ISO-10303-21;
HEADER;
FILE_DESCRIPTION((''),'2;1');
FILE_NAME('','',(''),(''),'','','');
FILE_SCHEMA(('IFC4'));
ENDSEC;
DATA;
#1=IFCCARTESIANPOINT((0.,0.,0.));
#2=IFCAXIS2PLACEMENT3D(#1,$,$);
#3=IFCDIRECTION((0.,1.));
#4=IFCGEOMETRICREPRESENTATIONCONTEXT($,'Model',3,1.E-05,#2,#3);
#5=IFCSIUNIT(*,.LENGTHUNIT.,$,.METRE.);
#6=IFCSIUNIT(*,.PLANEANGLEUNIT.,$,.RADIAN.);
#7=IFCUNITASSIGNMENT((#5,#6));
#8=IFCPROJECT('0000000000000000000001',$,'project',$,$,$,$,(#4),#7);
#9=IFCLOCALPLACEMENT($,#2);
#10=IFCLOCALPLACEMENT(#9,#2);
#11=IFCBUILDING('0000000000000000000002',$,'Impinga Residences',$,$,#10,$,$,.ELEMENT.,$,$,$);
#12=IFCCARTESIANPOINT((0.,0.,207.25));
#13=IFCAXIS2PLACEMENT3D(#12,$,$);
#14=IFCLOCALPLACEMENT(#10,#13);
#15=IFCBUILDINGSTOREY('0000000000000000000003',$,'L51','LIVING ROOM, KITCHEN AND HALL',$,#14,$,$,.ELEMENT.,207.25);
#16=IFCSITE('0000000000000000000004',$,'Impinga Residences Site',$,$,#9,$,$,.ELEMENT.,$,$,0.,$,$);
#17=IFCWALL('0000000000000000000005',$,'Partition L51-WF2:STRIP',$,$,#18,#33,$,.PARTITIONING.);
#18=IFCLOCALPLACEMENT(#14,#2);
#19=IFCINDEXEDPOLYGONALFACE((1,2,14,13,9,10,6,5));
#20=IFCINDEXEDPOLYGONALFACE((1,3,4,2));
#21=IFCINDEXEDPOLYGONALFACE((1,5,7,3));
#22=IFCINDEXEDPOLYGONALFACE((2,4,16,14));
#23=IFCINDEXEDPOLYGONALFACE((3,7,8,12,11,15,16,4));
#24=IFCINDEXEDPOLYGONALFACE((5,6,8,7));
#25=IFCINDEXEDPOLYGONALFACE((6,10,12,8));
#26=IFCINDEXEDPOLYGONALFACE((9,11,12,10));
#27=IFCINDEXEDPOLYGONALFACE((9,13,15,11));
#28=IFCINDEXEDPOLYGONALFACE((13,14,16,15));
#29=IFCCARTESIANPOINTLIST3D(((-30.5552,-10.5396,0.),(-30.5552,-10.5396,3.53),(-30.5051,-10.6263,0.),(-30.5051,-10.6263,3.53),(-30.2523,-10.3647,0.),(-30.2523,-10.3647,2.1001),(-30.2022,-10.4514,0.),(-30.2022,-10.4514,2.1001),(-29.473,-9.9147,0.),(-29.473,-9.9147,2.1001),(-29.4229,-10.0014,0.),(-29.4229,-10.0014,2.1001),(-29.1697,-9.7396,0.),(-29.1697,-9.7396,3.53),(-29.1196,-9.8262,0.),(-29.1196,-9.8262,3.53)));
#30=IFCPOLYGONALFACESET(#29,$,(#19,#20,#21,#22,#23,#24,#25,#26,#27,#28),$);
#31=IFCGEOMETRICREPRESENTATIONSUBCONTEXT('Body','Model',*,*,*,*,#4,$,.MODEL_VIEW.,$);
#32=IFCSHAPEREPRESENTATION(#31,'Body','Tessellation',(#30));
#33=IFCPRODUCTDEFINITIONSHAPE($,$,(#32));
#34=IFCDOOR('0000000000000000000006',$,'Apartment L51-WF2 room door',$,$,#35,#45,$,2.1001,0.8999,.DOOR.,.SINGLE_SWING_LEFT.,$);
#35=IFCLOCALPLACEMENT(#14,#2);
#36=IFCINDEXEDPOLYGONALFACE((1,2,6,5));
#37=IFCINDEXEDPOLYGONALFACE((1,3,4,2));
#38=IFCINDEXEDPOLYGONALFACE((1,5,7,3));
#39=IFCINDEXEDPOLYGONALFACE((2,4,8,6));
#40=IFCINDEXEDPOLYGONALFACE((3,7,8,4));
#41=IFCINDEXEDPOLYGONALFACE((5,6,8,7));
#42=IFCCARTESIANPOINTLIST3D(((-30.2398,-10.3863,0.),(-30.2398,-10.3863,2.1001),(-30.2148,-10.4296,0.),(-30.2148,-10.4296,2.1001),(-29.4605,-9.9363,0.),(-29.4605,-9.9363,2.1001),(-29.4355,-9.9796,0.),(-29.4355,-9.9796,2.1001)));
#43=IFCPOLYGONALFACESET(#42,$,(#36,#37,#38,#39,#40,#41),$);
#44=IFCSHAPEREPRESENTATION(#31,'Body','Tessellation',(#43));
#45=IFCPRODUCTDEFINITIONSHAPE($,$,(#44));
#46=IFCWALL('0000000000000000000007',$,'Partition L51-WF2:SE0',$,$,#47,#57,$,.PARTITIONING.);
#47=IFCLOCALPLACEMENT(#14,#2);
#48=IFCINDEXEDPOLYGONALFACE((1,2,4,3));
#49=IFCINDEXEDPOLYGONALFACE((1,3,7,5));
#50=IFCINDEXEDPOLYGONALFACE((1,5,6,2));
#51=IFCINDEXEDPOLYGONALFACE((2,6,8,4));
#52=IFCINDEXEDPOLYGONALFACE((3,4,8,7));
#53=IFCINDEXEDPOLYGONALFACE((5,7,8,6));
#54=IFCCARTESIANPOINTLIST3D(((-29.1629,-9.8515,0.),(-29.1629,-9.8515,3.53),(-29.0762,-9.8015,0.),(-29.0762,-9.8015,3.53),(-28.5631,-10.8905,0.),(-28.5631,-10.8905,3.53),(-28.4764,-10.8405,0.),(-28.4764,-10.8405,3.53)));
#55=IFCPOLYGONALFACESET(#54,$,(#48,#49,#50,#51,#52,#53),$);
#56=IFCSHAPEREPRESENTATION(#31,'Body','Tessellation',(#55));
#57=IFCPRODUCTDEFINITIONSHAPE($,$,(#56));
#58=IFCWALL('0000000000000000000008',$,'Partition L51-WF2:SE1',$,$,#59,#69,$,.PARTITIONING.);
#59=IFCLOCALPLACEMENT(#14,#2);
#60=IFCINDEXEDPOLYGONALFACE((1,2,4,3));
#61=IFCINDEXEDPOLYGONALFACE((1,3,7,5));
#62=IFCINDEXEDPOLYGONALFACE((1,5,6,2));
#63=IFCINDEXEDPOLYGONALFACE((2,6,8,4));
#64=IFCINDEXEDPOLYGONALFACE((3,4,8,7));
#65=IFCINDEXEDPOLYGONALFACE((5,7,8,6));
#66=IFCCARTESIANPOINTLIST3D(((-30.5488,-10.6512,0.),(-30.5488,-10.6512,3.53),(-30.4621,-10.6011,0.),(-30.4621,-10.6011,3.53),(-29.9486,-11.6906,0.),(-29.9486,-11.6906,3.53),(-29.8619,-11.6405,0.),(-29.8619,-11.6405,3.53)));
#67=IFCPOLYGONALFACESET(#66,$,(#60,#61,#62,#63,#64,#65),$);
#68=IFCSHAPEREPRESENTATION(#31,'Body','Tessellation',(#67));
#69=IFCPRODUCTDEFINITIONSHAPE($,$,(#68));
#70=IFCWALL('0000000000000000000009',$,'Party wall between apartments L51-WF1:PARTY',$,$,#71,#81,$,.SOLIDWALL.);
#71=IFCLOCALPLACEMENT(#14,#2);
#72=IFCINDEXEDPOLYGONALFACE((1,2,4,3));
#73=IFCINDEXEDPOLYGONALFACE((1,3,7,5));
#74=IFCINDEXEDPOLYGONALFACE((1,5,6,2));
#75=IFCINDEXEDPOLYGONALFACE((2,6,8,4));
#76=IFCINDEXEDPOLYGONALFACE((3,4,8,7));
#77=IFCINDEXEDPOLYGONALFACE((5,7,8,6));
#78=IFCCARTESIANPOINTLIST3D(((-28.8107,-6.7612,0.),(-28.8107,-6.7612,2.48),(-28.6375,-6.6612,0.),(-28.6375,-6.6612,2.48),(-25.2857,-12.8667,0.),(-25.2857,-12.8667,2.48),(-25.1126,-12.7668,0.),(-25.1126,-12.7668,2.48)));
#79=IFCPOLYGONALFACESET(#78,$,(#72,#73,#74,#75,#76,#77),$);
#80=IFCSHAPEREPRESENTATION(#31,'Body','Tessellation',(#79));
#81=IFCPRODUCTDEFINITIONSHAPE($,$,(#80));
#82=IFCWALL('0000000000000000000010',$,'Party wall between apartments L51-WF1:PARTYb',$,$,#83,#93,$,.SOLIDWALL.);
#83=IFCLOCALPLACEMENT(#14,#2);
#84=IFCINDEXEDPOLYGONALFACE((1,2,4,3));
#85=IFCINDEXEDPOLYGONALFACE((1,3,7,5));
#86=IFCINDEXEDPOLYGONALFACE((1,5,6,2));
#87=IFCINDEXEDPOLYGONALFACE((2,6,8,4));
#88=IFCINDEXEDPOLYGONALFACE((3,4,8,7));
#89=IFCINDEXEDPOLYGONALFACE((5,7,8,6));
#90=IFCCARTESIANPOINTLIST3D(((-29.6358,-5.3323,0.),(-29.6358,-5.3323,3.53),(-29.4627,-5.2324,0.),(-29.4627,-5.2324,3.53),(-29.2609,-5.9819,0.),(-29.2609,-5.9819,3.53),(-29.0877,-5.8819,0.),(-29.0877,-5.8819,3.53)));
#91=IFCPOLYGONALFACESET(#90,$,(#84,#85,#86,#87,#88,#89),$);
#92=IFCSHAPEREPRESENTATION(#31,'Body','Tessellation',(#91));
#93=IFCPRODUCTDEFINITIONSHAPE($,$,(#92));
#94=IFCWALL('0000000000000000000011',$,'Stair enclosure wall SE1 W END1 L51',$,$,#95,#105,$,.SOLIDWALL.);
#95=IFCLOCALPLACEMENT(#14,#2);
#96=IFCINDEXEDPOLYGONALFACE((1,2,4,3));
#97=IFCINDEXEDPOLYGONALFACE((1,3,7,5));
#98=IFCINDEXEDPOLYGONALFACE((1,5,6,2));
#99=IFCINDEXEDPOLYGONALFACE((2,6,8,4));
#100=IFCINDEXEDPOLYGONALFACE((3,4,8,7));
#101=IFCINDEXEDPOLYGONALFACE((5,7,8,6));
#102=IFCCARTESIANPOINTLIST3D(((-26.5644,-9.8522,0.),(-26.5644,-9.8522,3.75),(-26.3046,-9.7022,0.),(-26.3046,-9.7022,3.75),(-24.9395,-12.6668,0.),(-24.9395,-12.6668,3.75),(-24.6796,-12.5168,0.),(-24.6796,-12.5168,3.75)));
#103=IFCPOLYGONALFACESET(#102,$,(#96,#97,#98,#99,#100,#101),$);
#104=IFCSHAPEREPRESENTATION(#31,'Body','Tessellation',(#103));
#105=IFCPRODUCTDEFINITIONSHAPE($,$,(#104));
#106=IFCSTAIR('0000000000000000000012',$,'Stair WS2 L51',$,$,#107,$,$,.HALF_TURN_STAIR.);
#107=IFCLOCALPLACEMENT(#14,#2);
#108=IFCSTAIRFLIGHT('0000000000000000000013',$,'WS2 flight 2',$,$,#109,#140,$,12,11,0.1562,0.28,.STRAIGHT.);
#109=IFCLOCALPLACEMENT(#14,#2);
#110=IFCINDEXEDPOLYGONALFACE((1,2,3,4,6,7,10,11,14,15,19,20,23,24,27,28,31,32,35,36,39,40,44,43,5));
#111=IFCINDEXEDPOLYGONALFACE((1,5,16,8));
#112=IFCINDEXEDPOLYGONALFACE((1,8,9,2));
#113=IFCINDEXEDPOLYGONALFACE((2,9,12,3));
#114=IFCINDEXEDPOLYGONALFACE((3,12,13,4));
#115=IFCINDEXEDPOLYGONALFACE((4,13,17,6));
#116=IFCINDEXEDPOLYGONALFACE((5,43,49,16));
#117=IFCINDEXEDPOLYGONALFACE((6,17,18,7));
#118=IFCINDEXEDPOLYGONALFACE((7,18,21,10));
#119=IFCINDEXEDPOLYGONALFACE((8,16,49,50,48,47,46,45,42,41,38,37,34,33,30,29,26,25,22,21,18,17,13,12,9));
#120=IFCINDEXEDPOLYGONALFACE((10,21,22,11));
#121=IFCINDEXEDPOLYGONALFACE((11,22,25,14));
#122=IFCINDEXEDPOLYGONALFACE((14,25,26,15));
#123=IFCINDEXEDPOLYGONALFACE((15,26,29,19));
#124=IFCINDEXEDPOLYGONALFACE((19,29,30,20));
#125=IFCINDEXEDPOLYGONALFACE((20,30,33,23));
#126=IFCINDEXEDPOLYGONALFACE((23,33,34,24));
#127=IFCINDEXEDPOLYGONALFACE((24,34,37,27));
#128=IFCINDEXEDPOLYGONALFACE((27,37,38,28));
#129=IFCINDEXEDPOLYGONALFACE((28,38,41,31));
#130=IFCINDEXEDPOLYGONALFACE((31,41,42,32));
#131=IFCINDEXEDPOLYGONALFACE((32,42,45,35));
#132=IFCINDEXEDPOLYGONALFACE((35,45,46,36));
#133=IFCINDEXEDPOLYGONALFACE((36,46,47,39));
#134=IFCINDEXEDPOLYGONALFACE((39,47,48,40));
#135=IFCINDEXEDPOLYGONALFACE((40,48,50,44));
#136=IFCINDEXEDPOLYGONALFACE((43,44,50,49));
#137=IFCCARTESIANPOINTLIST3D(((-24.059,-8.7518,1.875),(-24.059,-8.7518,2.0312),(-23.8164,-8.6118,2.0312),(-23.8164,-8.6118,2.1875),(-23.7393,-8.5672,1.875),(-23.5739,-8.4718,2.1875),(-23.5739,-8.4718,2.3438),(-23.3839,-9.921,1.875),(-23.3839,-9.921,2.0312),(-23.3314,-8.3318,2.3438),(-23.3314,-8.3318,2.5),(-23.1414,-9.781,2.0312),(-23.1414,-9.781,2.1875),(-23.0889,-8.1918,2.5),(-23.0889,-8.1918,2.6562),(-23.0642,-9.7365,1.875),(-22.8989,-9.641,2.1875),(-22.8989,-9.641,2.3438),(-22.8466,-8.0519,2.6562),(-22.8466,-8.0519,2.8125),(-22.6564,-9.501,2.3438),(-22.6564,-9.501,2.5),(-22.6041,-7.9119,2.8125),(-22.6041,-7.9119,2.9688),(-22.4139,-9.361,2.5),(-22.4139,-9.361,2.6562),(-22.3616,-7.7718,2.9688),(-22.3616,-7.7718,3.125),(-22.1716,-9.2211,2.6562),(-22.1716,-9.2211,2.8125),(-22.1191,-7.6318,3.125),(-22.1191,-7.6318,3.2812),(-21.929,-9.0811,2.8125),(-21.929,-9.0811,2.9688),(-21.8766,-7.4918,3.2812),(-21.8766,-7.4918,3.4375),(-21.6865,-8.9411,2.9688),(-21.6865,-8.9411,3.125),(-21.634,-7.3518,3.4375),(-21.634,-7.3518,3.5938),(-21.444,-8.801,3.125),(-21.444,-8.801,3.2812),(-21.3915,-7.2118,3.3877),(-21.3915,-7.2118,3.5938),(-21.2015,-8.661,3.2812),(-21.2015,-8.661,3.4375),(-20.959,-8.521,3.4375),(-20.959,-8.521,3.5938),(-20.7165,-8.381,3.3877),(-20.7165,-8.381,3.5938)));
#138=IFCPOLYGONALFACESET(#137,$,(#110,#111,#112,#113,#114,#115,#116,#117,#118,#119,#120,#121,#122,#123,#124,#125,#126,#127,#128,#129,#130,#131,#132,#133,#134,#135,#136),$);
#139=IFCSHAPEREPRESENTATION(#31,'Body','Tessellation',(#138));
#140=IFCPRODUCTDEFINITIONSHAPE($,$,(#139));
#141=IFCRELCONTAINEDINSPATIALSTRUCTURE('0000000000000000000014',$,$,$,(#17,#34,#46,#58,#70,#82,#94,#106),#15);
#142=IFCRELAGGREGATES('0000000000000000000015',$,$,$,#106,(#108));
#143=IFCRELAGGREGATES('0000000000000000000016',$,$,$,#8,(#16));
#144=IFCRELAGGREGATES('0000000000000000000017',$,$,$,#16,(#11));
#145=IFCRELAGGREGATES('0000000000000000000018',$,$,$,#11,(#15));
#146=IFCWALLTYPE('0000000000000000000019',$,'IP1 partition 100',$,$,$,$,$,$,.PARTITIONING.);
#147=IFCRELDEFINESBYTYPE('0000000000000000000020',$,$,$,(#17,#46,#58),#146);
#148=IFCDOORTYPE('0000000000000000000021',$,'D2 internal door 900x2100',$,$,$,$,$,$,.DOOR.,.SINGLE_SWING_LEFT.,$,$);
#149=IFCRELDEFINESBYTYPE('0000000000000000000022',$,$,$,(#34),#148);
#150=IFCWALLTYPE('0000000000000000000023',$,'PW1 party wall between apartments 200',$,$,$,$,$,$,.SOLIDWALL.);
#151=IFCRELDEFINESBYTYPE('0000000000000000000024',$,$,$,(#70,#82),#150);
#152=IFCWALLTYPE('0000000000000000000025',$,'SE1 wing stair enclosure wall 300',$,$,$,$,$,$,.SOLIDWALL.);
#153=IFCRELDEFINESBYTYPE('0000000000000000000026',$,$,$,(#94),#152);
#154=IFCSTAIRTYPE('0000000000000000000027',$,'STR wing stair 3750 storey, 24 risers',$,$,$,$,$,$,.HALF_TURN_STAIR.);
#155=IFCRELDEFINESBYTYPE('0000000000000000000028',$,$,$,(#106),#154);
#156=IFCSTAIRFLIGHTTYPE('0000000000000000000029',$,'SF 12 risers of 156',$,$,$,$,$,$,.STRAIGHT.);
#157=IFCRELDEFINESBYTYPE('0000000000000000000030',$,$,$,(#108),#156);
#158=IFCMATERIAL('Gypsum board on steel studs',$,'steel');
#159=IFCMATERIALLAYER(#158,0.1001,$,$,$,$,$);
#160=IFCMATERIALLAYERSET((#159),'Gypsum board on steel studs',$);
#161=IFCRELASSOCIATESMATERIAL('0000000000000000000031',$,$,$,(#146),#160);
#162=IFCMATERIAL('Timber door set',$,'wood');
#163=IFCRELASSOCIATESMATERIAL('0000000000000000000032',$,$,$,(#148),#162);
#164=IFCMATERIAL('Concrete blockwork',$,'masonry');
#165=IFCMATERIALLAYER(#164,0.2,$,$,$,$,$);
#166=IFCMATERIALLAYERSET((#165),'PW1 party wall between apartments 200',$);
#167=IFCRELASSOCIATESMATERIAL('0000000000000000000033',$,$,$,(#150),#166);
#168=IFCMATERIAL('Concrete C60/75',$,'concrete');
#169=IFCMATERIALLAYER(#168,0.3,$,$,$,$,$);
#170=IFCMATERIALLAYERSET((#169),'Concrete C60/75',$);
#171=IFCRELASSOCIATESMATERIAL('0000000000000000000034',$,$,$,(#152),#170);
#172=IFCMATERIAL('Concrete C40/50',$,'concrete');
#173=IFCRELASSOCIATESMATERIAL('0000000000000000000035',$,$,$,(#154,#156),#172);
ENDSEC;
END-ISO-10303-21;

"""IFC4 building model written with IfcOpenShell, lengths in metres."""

from ifc_helpers import new_model, si_unit, direction, frame, frame_2d, origin, place, context, subcontext, project, spatial, polyline, rectangle, outline, extrude, material, layer, layer_set, type_object, element, fill, aggregate, save


model = new_model("IFC4")

# Units and contexts
model_context = context("Model", 3, precision=1e-05, world=origin(), true_north=direction((0.0, 1.0)))
body_context = subcontext(model_context, "Body", "Model", "MODEL_VIEW")
ifc_project = project(units=[si_unit("LENGTHUNIT", "METRE"), si_unit("PLANEANGLEUNIT", "RADIAN")], contexts=[model_context])

# Site, building, storey
site_placement = place(None, origin())
site = spatial("IfcSite", under=ifc_project, at=site_placement, Name="Impinga Residences Site", CompositionType="ELEMENT", RefElevation=0.0)
building_placement = place(site_placement, origin())
building = spatial("IfcBuilding", under=site, at=building_placement, Name="Impinga Residences", CompositionType="ELEMENT")
storey_placement = place(building_placement, frame((0.0, 0.0, 207.25)))
storey = spatial("IfcBuildingStorey", under=building, at=storey_placement, Name="L51", Description="LIVING ROOM, KITCHEN AND HALL", CompositionType="ELEMENT", Elevation=207.25)

# Shared definitions
ifc_material_1 = material(Name="Concrete C60/75", Category="concrete")

# Shared definitions
ifc_material_2 = material(Name="Gypsum board on steel studs", Category="steel")
ifc_layer_1 = layer(ifc_material_2, 0.1001)
ifc_layer_set_1 = layer_set([ifc_layer_1], Name="Gypsum board on steel studs")
wall_type_1 = type_object("IfcWallType", Name="IP1 partition 100", PredefinedType="PARTITIONING", material=ifc_layer_set_1)
ifc_material_3 = material(Name="Timber door set", Category="wood")
door_type = type_object("IfcDoorType", Name="D2 internal door 900x2100", OperationType="SINGLE_SWING_LEFT", PredefinedType="DOOR", material=ifc_material_3)

# Wall, opening, door
wall_1_placement = place(storey_placement, frame((-29.1448, -9.783, 0.0), z_axis=(0.0, 0.0, 1.0), x_axis=(-0.86599, -0.500061, 0.0)))
wall_1 = element("IfcWall", 1, at=wall_1_placement, inside=storey, type_object=wall_type_1, Name="Partition L51-WF2:STRIP", PredefinedType="PARTITIONING", context=body_context, shape_type="SweptSolid", body=[
    extrude(rectangle(XDim=1.5999, YDim=0.1001, at=frame_2d((0.7998, 0.0))), origin(), (0.0, 0.0, 1.0), 3.53),
])
opening_1_placement = place(wall_1_placement, frame((0.3501, 0.0, 0.0)))
opening_1 = element("IfcOpeningElement", 2, at=opening_1_placement, cuts=wall_1, PredefinedType="OPENING", context=body_context, shape_type="SweptSolid", body=[
    extrude(rectangle(XDim=0.8999, YDim=2.1001, at=frame_2d((0.45, 1.05))), frame((0.0, 0.0601, 0.0), z_axis=(0.0, -1.0, 0.0), x_axis=(1.0, 0.0, 0.0)), (0.0, 0.0, 1.0), 0.1201),
])
door_1_placement = place(opening_1_placement, origin())
door_1 = element("IfcDoor", 3, at=door_1_placement, inside=storey, type_object=door_type, Name="Apartment L51-WF2 room door", OperationType="SINGLE_SWING_LEFT", OverallHeight=2.1001, OverallWidth=0.8999, PredefinedType="DOOR", context=body_context, shape_type="SweptSolid", body=[
    extrude(rectangle(XDim=0.8999, YDim=2.1001, at=frame_2d((0.45, 1.05))), frame((0.0, 0.0249, 0.0), z_axis=(0.0, -1.0, 0.0), x_axis=(1.0, 0.0, 0.0)), (0.0, 0.0, 1.0), 0.05),
])
fill(opening_1, door_1)

# Walls
wall_2_placement = place(storey_placement, frame((-28.5198, -10.8655, 0.0), z_axis=(0.0, 0.0, 1.0), x_axis=(-0.499969, 0.866043, 0.0)))
element("IfcWall", 4, at=wall_2_placement, inside=storey, type_object=wall_type_1, Name="Partition L51-WF2:SE0", PredefinedType="PARTITIONING", context=body_context, shape_type="SweptSolid", body=[
    extrude(rectangle(XDim=1.1997, YDim=0.1001, at=frame_2d((0.5999, 0.0))), origin(), (0.0, 0.0, 1.0), 3.53),
])
wall_3_placement = place(storey_placement, frame((-29.9053, -11.6655, 0.0), z_axis=(0.0, 0.0, 1.0), x_axis=(-0.500034, 0.866006, 0.0)))
element("IfcWall", 5, at=wall_3_placement, inside=storey, type_object=wall_type_1, Name="Partition L51-WF2:SE1", PredefinedType="PARTITIONING", context=body_context, shape_type="SweptSolid", body=[
    extrude(rectangle(XDim=1.2002, YDim=0.1001, at=frame_2d((0.6001, 0.0))), origin(), (0.0, 0.0, 1.0), 3.53),
])
ifc_material_4 = material(Name="Concrete blockwork", Category="masonry")
ifc_layer_2 = layer(ifc_material_4, 0.2)
ifc_layer_set_2 = layer_set([ifc_layer_2], Name="PW1 party wall between apartments 200")
wall_type_2 = type_object("IfcWallType", Name="PW1 party wall between apartments 200", PredefinedType="SOLIDWALL", material=ifc_layer_set_2)
wall_4_placement = place(storey_placement, frame((-25.1992, -12.8167, 0.0), z_axis=(0.0, 0.0, 1.0), x_axis=(-0.49999, 0.866031, 0.0)))
element("IfcWall", 6, at=wall_4_placement, inside=storey, type_object=wall_type_2, Name="Party wall between apartments L51-WF1:PARTY", PredefinedType="SOLIDWALL", context=body_context, shape_type="SweptSolid", body=[
    extrude(rectangle(XDim=7.05, YDim=0.2, at=frame_2d((3.5249, 0.0))), origin(), (0.0, 0.0, 1.0), 2.48),
])
wall_5_placement = place(storey_placement, frame((-29.1743, -5.9319, 0.0), z_axis=(0.0, 0.0, 1.0), x_axis=(-0.49992, 0.866072, 0.0)))
element("IfcWall", 7, at=wall_5_placement, inside=storey, type_object=wall_type_2, Name="Party wall between apartments L51-WF1:PARTYb", PredefinedType="SOLIDWALL", context=body_context, shape_type="SweptSolid", body=[
    extrude(rectangle(XDim=0.75, YDim=0.2, at=frame_2d((0.375, 0.0))), origin(), (0.0, 0.0, 1.0), 3.53),
])
ifc_layer_3 = layer(ifc_material_1, 0.3)
ifc_layer_set_3 = layer_set([ifc_layer_3], Name="Concrete C60/75")
wall_type_3 = type_object("IfcWallType", Name="SE1 wing stair enclosure wall 300", PredefinedType="SOLIDWALL", material=ifc_layer_set_3)
wall_6_placement = place(storey_placement, frame((-24.8096, -12.5918, 0.0), z_axis=(0.0, 0.0, 1.0), x_axis=(-0.499985, 0.866034, 0.0)))
element("IfcWall", 8, at=wall_6_placement, inside=storey, type_object=wall_type_3, Name="Stair enclosure wall SE1 W END1 L51", PredefinedType="SOLIDWALL", context=body_context, shape_type="SweptSolid", body=[
    extrude(rectangle(XDim=3.25, YDim=0.3, at=frame_2d((1.625, 0.0))), origin(), (0.0, 0.0, 1.0), 3.75),
])

# Stair, stair flight
ifc_material_5 = material(Name="Concrete C40/50", Category="concrete")
stair_type = type_object("IfcStairType", Name="STR wing stair 3750 storey, 24 risers", PredefinedType="HALF_TURN_STAIR", material=ifc_material_5)
stair_placement = place(storey_placement, origin())
stair = element("IfcStair", 9, at=stair_placement, inside=storey, type_object=stair_type, Name="Stair WS2 L51", PredefinedType="HALF_TURN_STAIR")
stair_flight_type = type_object("IfcStairFlightType", Name="SF 12 risers of 156", PredefinedType="STRAIGHT", material=ifc_material_5)
stair_flight_placement = place(storey_placement, frame((-23.7214, -9.3364, 1.875), z_axis=(0.0, 0.0, 1.0), x_axis=(0.866025, 0.5, 0.0)))
stair_flight = element("IfcStairFlight", 10, at=stair_flight_placement, type_object=stair_flight_type, Name="WS2 flight 2", NumberOfRisers=12, NumberOfTreads=11, PredefinedType="STRAIGHT", RiserHeight=0.1562, TreadLength=0.28, context=body_context, shape_type="SweptSolid", body=[
    extrude(outline(polyline([(0.0, 0.0), (0.0, 0.1562), (0.28, 0.1562), (0.28, 0.3125), (0.5601, 0.3125), (0.5601, 0.4688), (0.8401, 0.4688), (0.8401, 0.625), (1.1201, 0.625), (1.1201, 0.7812), (1.3999, 0.7812), (1.3999, 0.9375), (1.6799, 0.9375), (1.6799, 1.0938), (1.96, 1.0938), (1.96, 1.25), (2.24, 1.25), (2.24, 1.4062), (2.52, 1.4062), (2.52, 1.5625), (2.8, 1.5625), (2.8, 1.7188), (3.0801, 1.7188), (3.0801, 1.875), (3.0801, 1.5127), (0.3691, 0.0), (0.0, 0.0)])), frame((0.0, 0.675, 0.0), z_axis=(0.0, -1.0, 0.0), x_axis=(1.0, 0.0, 0.0)), (0.0, 0.0, 1.0), 1.3501),
])
aggregate(stair, [stair_flight])

save(model, "model.ifc")
